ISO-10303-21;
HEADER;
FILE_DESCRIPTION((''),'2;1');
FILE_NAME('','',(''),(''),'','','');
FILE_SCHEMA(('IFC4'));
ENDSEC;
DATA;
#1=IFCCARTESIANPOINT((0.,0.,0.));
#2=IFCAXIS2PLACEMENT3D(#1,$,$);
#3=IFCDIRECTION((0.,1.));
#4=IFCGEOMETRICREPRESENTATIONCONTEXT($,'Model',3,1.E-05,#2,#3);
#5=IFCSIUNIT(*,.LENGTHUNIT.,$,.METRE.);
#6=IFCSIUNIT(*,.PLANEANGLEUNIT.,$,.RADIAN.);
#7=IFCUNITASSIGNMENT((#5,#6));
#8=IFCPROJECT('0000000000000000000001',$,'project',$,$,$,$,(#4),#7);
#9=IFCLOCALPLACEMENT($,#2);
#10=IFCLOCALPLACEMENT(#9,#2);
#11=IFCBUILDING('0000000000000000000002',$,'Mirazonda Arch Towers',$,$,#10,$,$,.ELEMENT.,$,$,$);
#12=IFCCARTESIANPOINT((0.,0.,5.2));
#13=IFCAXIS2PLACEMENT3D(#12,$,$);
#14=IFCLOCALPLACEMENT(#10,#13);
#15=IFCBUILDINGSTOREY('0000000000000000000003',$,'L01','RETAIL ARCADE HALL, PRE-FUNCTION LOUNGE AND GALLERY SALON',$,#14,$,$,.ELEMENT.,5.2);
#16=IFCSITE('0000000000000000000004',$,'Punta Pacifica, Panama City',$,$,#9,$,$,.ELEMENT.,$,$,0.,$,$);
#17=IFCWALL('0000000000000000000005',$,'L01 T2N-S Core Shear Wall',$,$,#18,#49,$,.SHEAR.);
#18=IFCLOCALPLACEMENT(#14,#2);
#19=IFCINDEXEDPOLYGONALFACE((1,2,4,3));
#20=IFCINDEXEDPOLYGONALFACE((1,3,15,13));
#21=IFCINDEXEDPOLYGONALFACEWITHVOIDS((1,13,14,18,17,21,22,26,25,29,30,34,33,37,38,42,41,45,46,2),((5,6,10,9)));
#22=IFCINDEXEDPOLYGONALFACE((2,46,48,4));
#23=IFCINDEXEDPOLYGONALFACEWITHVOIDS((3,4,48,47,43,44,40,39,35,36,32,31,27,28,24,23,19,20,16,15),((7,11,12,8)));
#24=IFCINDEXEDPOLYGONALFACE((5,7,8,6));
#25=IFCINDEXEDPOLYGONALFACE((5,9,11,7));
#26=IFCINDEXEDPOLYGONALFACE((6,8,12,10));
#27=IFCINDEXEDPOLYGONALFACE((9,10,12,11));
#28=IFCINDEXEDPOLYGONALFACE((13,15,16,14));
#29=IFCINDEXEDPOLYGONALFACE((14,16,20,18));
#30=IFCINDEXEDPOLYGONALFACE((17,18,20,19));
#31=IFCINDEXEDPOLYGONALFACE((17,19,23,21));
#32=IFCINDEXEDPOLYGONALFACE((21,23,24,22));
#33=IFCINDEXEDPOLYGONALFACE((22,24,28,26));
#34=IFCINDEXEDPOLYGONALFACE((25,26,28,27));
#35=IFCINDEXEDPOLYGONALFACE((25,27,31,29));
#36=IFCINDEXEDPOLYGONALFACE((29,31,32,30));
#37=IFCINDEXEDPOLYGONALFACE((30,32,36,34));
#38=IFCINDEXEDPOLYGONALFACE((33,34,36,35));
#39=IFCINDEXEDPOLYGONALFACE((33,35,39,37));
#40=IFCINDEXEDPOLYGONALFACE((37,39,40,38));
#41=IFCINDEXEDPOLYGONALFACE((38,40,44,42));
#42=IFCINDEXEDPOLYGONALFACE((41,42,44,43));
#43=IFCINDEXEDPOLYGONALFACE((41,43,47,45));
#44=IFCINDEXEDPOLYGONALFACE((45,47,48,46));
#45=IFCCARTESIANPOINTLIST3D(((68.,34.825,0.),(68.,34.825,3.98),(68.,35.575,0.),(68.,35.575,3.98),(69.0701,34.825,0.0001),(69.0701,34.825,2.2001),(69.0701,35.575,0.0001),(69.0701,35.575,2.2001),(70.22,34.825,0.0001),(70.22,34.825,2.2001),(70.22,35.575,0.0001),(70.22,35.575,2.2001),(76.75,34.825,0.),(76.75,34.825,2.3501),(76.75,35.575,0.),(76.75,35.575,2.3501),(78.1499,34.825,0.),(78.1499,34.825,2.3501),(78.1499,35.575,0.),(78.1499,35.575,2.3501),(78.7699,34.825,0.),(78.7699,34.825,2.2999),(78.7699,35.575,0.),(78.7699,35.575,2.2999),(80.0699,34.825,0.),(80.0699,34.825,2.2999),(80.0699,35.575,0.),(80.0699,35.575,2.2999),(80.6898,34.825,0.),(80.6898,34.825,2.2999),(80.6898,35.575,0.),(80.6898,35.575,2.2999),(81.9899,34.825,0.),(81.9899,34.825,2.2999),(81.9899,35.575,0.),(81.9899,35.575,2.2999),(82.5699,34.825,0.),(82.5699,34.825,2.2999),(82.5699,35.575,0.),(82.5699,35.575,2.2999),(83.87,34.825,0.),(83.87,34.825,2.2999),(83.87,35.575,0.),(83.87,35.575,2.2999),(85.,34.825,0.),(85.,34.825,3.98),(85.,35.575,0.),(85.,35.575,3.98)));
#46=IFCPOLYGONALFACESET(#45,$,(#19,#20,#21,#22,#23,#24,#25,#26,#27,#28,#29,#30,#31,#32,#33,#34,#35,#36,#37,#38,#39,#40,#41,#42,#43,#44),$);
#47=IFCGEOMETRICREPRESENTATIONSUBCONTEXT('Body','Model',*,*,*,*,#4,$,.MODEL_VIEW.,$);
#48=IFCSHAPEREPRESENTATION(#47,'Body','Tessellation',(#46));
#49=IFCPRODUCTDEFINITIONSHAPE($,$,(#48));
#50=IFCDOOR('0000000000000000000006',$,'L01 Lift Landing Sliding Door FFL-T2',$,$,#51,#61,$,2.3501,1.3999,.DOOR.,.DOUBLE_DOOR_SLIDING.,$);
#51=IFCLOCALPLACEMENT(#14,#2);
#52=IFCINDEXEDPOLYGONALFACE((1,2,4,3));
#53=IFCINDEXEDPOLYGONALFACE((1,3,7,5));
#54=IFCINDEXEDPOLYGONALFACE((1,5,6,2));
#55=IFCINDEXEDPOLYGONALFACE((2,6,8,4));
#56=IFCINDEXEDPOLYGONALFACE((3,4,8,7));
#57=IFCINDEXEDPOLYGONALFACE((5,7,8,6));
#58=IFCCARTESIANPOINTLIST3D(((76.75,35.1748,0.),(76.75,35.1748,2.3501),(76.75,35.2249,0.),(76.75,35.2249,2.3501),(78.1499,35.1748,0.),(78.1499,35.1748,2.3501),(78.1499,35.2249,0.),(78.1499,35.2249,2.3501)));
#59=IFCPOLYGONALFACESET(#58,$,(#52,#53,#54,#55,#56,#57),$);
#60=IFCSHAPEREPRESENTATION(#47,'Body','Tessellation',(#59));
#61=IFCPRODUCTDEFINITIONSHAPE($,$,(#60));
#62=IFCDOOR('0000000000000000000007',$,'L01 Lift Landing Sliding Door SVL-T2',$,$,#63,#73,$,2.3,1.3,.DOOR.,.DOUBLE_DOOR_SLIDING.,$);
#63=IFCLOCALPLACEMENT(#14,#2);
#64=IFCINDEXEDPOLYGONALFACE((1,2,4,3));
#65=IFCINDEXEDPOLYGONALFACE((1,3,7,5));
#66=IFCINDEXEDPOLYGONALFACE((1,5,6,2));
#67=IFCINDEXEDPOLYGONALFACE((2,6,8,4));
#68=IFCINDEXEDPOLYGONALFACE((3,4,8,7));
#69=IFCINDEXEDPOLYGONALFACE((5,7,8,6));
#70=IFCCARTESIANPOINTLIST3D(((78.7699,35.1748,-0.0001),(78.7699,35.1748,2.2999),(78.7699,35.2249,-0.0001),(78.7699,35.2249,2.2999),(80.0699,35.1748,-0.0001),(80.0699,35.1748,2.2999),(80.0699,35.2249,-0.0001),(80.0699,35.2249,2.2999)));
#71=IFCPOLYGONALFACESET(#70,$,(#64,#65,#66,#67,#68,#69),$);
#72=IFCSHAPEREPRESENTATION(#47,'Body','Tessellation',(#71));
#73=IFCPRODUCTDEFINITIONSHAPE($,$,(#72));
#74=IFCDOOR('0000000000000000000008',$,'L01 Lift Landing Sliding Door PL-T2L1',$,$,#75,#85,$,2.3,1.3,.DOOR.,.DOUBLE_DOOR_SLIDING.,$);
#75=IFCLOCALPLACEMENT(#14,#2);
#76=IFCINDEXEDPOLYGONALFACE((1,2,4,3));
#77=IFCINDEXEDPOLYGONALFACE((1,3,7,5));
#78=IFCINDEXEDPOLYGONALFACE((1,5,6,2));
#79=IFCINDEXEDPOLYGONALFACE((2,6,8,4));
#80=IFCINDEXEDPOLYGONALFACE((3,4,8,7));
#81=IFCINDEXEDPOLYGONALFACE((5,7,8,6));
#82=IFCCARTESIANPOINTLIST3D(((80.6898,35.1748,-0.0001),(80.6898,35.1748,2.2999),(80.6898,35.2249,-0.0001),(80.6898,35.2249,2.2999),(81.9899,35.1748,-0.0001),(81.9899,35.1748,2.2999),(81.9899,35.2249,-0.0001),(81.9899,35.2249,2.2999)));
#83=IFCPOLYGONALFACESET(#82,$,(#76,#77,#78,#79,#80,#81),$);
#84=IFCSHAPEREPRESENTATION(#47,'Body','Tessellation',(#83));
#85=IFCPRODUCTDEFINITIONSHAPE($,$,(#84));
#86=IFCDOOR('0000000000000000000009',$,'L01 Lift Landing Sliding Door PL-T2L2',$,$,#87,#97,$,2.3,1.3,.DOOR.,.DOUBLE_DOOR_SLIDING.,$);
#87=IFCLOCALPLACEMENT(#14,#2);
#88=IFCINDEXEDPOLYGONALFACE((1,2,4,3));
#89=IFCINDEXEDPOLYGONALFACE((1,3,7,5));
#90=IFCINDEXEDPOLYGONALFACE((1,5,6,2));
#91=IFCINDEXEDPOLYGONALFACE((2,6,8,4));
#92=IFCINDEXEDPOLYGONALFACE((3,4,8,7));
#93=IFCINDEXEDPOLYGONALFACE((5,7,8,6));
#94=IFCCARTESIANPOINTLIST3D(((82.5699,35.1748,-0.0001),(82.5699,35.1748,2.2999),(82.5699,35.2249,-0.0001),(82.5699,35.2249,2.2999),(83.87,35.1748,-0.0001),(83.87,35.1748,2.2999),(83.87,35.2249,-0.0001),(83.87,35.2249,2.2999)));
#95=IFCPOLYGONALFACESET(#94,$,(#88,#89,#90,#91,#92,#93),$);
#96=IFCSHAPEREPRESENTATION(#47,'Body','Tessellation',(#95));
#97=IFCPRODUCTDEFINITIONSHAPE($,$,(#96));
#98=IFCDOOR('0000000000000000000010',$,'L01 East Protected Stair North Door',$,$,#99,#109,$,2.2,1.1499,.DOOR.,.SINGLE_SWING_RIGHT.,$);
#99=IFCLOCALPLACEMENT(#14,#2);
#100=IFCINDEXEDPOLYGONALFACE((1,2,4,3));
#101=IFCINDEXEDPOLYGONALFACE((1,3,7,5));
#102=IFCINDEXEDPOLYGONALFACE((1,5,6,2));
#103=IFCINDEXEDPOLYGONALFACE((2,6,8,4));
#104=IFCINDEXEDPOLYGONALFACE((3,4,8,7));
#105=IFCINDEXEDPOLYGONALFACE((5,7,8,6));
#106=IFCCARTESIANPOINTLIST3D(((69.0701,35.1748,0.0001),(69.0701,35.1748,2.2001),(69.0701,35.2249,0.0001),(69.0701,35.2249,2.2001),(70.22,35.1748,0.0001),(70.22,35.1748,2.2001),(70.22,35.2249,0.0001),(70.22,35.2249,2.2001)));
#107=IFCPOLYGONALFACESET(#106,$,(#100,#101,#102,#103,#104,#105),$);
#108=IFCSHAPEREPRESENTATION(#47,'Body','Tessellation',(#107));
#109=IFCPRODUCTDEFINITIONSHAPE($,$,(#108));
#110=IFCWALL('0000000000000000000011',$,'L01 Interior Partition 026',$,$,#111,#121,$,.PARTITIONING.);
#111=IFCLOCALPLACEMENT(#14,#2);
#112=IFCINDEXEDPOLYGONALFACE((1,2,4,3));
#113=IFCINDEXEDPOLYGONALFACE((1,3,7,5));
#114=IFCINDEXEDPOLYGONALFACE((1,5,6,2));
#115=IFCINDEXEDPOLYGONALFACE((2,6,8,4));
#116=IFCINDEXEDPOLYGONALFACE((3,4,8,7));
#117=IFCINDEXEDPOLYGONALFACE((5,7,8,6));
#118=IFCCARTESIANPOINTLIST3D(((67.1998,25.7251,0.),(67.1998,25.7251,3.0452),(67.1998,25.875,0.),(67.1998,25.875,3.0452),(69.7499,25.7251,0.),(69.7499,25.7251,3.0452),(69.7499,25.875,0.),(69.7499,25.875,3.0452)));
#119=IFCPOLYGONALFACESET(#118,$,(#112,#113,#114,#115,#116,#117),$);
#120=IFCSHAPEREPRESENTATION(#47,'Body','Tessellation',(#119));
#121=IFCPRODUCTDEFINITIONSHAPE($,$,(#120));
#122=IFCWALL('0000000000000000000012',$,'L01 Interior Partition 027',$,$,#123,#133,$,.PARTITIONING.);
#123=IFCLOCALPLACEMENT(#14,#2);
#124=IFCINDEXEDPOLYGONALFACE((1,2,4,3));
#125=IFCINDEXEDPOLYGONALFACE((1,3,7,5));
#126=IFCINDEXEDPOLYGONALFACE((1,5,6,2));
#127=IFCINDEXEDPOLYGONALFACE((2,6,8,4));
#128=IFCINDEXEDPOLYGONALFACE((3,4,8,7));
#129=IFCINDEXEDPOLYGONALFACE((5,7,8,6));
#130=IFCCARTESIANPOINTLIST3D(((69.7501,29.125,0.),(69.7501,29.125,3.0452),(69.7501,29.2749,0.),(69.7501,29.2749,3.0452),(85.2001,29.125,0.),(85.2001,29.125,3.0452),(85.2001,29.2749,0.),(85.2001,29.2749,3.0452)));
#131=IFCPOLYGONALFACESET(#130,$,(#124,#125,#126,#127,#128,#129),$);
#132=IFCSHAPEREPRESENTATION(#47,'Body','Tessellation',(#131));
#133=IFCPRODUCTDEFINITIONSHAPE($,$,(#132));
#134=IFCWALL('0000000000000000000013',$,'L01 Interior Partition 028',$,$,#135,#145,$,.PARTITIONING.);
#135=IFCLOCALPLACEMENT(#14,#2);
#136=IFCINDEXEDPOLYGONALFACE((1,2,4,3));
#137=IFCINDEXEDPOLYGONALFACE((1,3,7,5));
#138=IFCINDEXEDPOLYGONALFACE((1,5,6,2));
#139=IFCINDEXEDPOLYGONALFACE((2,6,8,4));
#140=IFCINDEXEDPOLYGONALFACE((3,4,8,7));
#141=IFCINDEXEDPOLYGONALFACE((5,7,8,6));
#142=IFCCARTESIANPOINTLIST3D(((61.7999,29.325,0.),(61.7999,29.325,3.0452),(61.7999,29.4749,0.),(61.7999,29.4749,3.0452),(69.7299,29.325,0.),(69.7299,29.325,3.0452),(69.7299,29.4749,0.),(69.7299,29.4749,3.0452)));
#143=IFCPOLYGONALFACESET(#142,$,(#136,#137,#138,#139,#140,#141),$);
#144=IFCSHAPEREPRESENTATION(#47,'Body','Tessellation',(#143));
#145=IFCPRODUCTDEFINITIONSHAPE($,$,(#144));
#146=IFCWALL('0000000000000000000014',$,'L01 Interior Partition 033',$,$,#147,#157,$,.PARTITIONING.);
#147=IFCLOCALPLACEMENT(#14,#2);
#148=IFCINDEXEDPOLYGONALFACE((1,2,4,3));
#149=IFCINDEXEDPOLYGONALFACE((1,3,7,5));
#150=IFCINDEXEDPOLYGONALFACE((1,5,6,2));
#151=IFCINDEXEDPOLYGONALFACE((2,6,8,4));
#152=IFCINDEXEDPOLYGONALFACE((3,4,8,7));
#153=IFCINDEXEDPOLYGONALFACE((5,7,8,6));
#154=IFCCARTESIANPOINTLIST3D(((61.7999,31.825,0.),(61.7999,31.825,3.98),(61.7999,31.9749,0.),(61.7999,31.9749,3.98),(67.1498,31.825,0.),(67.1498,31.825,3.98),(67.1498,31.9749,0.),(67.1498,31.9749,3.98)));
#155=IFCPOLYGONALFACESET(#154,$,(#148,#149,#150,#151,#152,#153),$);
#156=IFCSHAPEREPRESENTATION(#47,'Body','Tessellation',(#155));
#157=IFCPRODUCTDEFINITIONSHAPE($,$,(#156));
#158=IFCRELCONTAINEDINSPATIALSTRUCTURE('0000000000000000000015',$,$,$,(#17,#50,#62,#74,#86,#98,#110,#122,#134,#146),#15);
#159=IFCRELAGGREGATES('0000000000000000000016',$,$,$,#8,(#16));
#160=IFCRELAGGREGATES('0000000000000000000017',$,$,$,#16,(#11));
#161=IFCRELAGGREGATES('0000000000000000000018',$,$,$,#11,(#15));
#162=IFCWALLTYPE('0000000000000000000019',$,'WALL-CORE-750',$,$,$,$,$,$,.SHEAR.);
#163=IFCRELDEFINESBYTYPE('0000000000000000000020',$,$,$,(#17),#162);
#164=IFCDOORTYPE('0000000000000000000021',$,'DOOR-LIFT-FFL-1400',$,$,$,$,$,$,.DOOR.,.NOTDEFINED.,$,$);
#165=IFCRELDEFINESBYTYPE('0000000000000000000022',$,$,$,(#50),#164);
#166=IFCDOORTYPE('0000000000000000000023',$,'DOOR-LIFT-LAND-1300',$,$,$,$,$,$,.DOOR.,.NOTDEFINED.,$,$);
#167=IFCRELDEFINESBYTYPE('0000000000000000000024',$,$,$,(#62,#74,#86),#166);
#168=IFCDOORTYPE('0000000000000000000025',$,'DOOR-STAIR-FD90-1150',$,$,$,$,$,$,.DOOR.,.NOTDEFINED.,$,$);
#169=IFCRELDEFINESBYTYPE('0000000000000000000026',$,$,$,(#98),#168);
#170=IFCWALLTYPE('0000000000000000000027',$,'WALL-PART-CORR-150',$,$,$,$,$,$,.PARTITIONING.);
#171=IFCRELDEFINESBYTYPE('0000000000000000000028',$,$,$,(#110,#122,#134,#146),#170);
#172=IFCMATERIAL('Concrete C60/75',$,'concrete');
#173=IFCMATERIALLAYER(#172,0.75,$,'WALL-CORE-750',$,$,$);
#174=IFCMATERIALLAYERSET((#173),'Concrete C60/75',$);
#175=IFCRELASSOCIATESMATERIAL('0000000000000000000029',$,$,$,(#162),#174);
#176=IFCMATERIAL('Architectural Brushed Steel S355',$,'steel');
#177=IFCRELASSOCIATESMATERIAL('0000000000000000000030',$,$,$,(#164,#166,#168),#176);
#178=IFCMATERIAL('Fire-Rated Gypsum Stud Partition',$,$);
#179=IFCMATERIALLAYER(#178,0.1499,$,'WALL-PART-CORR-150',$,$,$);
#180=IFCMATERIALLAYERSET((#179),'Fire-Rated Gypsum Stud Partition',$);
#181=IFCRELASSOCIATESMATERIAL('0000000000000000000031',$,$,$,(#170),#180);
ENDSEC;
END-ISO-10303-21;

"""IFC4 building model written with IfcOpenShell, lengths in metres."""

from ifc_helpers import new_model, si_unit, direction, frame, frame_2d, origin, place, context, subcontext, project, spatial, rectangle, extrude, material, layer, layer_set, type_object, element, fill, save


model = new_model("IFC4")

# Units and contexts
model_context = context("Model", 3, precision=1e-05, world=origin(), true_north=direction((0.0, 1.0)))
body_context = subcontext(model_context, "Body", "Model", "MODEL_VIEW")
ifc_project = project(units=[si_unit("LENGTHUNIT", "METRE"), si_unit("PLANEANGLEUNIT", "RADIAN")], contexts=[model_context])

# Site, building, storey
site_placement = place(None, origin())
site = spatial("IfcSite", under=ifc_project, at=site_placement, Name="Punta Pacifica, Panama City", CompositionType="ELEMENT", RefElevation=0.0)
building_placement = place(site_placement, origin())
building = spatial("IfcBuilding", under=site, at=building_placement, Name="Mirazonda Arch Towers", CompositionType="ELEMENT")
storey_placement = place(building_placement, frame((0.0, 0.0, 5.2)))
storey = spatial("IfcBuildingStorey", under=building, at=storey_placement, Name="L01", Description="RETAIL ARCADE HALL, PRE-FUNCTION LOUNGE AND GALLERY SALON", CompositionType="ELEMENT", Elevation=5.2)

# Shared definitions
ifc_material_1 = material(Name="Concrete C60/75", Category="concrete")

# Shared definitions
ifc_layer_1 = layer(ifc_material_1, 0.75, Name="WALL-CORE-750")
ifc_layer_set_1 = layer_set([ifc_layer_1], Name="Concrete C60/75")
wall_type_1 = type_object("IfcWallType", Name="WALL-CORE-750", PredefinedType="SHEAR", material=ifc_layer_set_1)

# Wall, openings, doors
wall_1_placement = place(storey_placement, frame((68.0, 35.2, 0.0), z_axis=(0.0, 0.0, 1.0), x_axis=(1.0, 0.0, 0.0)))
wall_1 = element("IfcWall", 1, at=wall_1_placement, inside=storey, type_object=wall_type_1, Name="L01 T2N-S Core Shear Wall", PredefinedType="SHEAR", context=body_context, shape_type="SweptSolid", body=[
    extrude(rectangle(XDim=17.0, YDim=0.75, at=frame_2d((8.5, 0.0))), origin(), (0.0, 0.0, 1.0), 3.98),
])
opening_1_placement = place(wall_1_placement, frame((1.0701, 0.0, 0.0)))
opening_1 = element("IfcOpeningElement", 2, at=opening_1_placement, cuts=wall_1, PredefinedType="OPENING", context=body_context, shape_type="SweptSolid", body=[
    extrude(rectangle(XDim=1.1499, YDim=2.2, at=frame_2d((0.575, 1.1001))), frame((0.0, 0.385, 0.0), z_axis=(0.0, -1.0, 0.0), x_axis=(1.0, 0.0, 0.0)), (0.0, 0.0, 1.0), 0.77),
])
opening_2_placement = place(wall_1_placement, frame((8.75, 0.0, 0.0)))
opening_2 = element("IfcOpeningElement", 3, at=opening_2_placement, cuts=wall_1, PredefinedType="OPENING", context=body_context, shape_type="SweptSolid", body=[
    extrude(rectangle(XDim=1.3999, YDim=2.3501, at=frame_2d((0.7, 1.175))), frame((0.0, 0.385, 0.0), z_axis=(0.0, -1.0, 0.0), x_axis=(1.0, 0.0, 0.0)), (0.0, 0.0, 1.0), 0.77),
])
opening_3_placement = place(wall_1_placement, frame((10.77, 0.0, 0.0)))
opening_3 = element("IfcOpeningElement", 4, at=opening_3_placement, cuts=wall_1, PredefinedType="OPENING", context=body_context, shape_type="SweptSolid", body=[
    extrude(rectangle(XDim=1.3, YDim=2.3, at=frame_2d((0.6499, 1.1499))), frame((0.0, 0.385, 0.0), z_axis=(0.0, -1.0, 0.0), x_axis=(1.0, 0.0, 0.0)), (0.0, 0.0, 1.0), 0.77),
])
opening_4_placement = place(wall_1_placement, frame((12.6899, 0.0, 0.0)))
opening_4 = element("IfcOpeningElement", 5, at=opening_4_placement, cuts=wall_1, PredefinedType="OPENING", context=body_context, shape_type="SweptSolid", body=[
    extrude(rectangle(XDim=1.3, YDim=2.3, at=frame_2d((0.6499, 1.1499))), frame((0.0, 0.385, 0.0), z_axis=(0.0, -1.0, 0.0), x_axis=(1.0, 0.0, 0.0)), (0.0, 0.0, 1.0), 0.77),
])
opening_5_placement = place(wall_1_placement, frame((14.5701, 0.0, 0.0)))
opening_5 = element("IfcOpeningElement", 6, at=opening_5_placement, cuts=wall_1, PredefinedType="OPENING", context=body_context, shape_type="SweptSolid", body=[
    extrude(rectangle(XDim=1.3, YDim=2.3, at=frame_2d((0.6499, 1.1499))), frame((0.0, 0.385, 0.0), z_axis=(0.0, -1.0, 0.0), x_axis=(1.0, 0.0, 0.0)), (0.0, 0.0, 1.0), 0.77),
])
ifc_material_2 = material(Name="Architectural Brushed Steel S355", Category="steel")
door_type_1 = type_object("IfcDoorType", Name="DOOR-LIFT-FFL-1400", OperationType="NOTDEFINED", PredefinedType="DOOR", material=ifc_material_2)
door_1_placement = place(opening_2_placement, origin())
door_1 = element("IfcDoor", 7, at=door_1_placement, inside=storey, type_object=door_type_1, Name="L01 Lift Landing Sliding Door FFL-T2", OperationType="DOUBLE_DOOR_SLIDING", OverallHeight=2.3501, OverallWidth=1.3999, PredefinedType="DOOR", context=body_context, shape_type="SweptSolid", body=[
    extrude(rectangle(XDim=1.3999, YDim=2.3501, at=frame_2d((0.7, 1.175))), frame((0.0, 0.0249, 0.0), z_axis=(0.0, -1.0, 0.0), x_axis=(1.0, 0.0, 0.0)), (0.0, 0.0, 1.0), 0.05),
])
fill(opening_2, door_1)
door_type_2 = type_object("IfcDoorType", Name="DOOR-LIFT-LAND-1300", OperationType="NOTDEFINED", PredefinedType="DOOR", material=ifc_material_2)
door_2_placement = place(opening_3_placement, origin())
door_2 = element("IfcDoor", 8, at=door_2_placement, inside=storey, type_object=door_type_2, Name="L01 Lift Landing Sliding Door SVL-T2", OperationType="DOUBLE_DOOR_SLIDING", OverallHeight=2.3, OverallWidth=1.3, PredefinedType="DOOR", context=body_context, shape_type="SweptSolid", body=[
    extrude(rectangle(XDim=1.3, YDim=2.3, at=frame_2d((0.6499, 1.1499))), frame((0.0, 0.0249, 0.0), z_axis=(0.0, -1.0, 0.0), x_axis=(1.0, 0.0, 0.0)), (0.0, 0.0, 1.0), 0.05),
])
fill(opening_3, door_2)
door_3_placement = place(opening_4_placement, origin())
door_3 = element("IfcDoor", 9, at=door_3_placement, inside=storey, type_object=door_type_2, Name="L01 Lift Landing Sliding Door PL-T2L1", OperationType="DOUBLE_DOOR_SLIDING", OverallHeight=2.3, OverallWidth=1.3, PredefinedType="DOOR", context=body_context, shape_type="SweptSolid", body=[
    extrude(rectangle(XDim=1.3, YDim=2.3, at=frame_2d((0.6499, 1.1499))), frame((0.0, 0.0249, 0.0), z_axis=(0.0, -1.0, 0.0), x_axis=(1.0, 0.0, 0.0)), (0.0, 0.0, 1.0), 0.05),
])
fill(opening_4, door_3)
door_4_placement = place(opening_5_placement, origin())
door_4 = element("IfcDoor", 10, at=door_4_placement, inside=storey, type_object=door_type_2, Name="L01 Lift Landing Sliding Door PL-T2L2", OperationType="DOUBLE_DOOR_SLIDING", OverallHeight=2.3, OverallWidth=1.3, PredefinedType="DOOR", context=body_context, shape_type="SweptSolid", body=[
    extrude(rectangle(XDim=1.3, YDim=2.3, at=frame_2d((0.6499, 1.1499))), frame((0.0, 0.0249, 0.0), z_axis=(0.0, -1.0, 0.0), x_axis=(1.0, 0.0, 0.0)), (0.0, 0.0, 1.0), 0.05),
])
fill(opening_5, door_4)
door_type_3 = type_object("IfcDoorType", Name="DOOR-STAIR-FD90-1150", OperationType="NOTDEFINED", PredefinedType="DOOR", material=ifc_material_2)
door_5_placement = place(opening_1_placement, origin())
door_5 = element("IfcDoor", 11, at=door_5_placement, inside=storey, type_object=door_type_3, Name="L01 East Protected Stair North Door", OperationType="SINGLE_SWING_RIGHT", OverallHeight=2.2, OverallWidth=1.1499, PredefinedType="DOOR", context=body_context, shape_type="SweptSolid", body=[
    extrude(rectangle(XDim=1.1499, YDim=2.2, at=frame_2d((0.575, 1.1001))), frame((0.0, 0.0249, 0.0), z_axis=(0.0, -1.0, 0.0), x_axis=(1.0, 0.0, 0.0)), (0.0, 0.0, 1.0), 0.05),
])
fill(opening_1, door_5)

# Walls
ifc_material_3 = material(Name="Fire-Rated Gypsum Stud Partition")
ifc_layer_2 = layer(ifc_material_3, 0.1499, Name="WALL-PART-CORR-150")
ifc_layer_set_2 = layer_set([ifc_layer_2], Name="Fire-Rated Gypsum Stud Partition")
wall_type_2 = type_object("IfcWallType", Name="WALL-PART-CORR-150", PredefinedType="PARTITIONING", material=ifc_layer_set_2)
wall_2_placement = place(storey_placement, frame((67.2, 25.8, 0.0), z_axis=(0.0, 0.0, 1.0), x_axis=(1.0, 0.0, 0.0)))
element("IfcWall", 12, at=wall_2_placement, inside=storey, type_object=wall_type_2, Name="L01 Interior Partition 026", PredefinedType="PARTITIONING", context=body_context, shape_type="SweptSolid", body=[
    extrude(rectangle(XDim=2.55, YDim=0.1499, at=frame_2d((1.2749, 0.0))), origin(), (0.0, 0.0, 1.0), 3.0452),
])
wall_3_placement = place(storey_placement, frame((69.75, 29.2, 0.0), z_axis=(0.0, 0.0, 1.0), x_axis=(1.0, 0.0, 0.0)))
element("IfcWall", 13, at=wall_3_placement, inside=storey, type_object=wall_type_2, Name="L01 Interior Partition 027", PredefinedType="PARTITIONING", context=body_context, shape_type="SweptSolid", body=[
    extrude(rectangle(XDim=15.45, YDim=0.1499, at=frame_2d((7.7251, 0.0))), origin(), (0.0, 0.0, 1.0), 3.0452),
])
wall_4_placement = place(storey_placement, frame((61.8, 29.3999, 0.0), z_axis=(0.0, 0.0, 1.0), x_axis=(1.0, 0.0, 0.0)))
element("IfcWall", 14, at=wall_4_placement, inside=storey, type_object=wall_type_2, Name="L01 Interior Partition 028", PredefinedType="PARTITIONING", context=body_context, shape_type="SweptSolid", body=[
    extrude(rectangle(XDim=7.9299, YDim=0.1499, at=frame_2d((3.9648, 0.0))), origin(), (0.0, 0.0, 1.0), 3.0452),
])
wall_5_placement = place(storey_placement, frame((61.8, 31.8999, 0.0), z_axis=(0.0, 0.0, 1.0), x_axis=(1.0, 0.0, 0.0)))
element("IfcWall", 15, at=wall_5_placement, inside=storey, type_object=wall_type_2, Name="L01 Interior Partition 033", PredefinedType="PARTITIONING", context=body_context, shape_type="SweptSolid", body=[
    extrude(rectangle(XDim=5.3499, YDim=0.1499, at=frame_2d((2.6748, 0.0))), origin(), (0.0, 0.0, 1.0), 3.98),
])

save(model, "model.ifc")
